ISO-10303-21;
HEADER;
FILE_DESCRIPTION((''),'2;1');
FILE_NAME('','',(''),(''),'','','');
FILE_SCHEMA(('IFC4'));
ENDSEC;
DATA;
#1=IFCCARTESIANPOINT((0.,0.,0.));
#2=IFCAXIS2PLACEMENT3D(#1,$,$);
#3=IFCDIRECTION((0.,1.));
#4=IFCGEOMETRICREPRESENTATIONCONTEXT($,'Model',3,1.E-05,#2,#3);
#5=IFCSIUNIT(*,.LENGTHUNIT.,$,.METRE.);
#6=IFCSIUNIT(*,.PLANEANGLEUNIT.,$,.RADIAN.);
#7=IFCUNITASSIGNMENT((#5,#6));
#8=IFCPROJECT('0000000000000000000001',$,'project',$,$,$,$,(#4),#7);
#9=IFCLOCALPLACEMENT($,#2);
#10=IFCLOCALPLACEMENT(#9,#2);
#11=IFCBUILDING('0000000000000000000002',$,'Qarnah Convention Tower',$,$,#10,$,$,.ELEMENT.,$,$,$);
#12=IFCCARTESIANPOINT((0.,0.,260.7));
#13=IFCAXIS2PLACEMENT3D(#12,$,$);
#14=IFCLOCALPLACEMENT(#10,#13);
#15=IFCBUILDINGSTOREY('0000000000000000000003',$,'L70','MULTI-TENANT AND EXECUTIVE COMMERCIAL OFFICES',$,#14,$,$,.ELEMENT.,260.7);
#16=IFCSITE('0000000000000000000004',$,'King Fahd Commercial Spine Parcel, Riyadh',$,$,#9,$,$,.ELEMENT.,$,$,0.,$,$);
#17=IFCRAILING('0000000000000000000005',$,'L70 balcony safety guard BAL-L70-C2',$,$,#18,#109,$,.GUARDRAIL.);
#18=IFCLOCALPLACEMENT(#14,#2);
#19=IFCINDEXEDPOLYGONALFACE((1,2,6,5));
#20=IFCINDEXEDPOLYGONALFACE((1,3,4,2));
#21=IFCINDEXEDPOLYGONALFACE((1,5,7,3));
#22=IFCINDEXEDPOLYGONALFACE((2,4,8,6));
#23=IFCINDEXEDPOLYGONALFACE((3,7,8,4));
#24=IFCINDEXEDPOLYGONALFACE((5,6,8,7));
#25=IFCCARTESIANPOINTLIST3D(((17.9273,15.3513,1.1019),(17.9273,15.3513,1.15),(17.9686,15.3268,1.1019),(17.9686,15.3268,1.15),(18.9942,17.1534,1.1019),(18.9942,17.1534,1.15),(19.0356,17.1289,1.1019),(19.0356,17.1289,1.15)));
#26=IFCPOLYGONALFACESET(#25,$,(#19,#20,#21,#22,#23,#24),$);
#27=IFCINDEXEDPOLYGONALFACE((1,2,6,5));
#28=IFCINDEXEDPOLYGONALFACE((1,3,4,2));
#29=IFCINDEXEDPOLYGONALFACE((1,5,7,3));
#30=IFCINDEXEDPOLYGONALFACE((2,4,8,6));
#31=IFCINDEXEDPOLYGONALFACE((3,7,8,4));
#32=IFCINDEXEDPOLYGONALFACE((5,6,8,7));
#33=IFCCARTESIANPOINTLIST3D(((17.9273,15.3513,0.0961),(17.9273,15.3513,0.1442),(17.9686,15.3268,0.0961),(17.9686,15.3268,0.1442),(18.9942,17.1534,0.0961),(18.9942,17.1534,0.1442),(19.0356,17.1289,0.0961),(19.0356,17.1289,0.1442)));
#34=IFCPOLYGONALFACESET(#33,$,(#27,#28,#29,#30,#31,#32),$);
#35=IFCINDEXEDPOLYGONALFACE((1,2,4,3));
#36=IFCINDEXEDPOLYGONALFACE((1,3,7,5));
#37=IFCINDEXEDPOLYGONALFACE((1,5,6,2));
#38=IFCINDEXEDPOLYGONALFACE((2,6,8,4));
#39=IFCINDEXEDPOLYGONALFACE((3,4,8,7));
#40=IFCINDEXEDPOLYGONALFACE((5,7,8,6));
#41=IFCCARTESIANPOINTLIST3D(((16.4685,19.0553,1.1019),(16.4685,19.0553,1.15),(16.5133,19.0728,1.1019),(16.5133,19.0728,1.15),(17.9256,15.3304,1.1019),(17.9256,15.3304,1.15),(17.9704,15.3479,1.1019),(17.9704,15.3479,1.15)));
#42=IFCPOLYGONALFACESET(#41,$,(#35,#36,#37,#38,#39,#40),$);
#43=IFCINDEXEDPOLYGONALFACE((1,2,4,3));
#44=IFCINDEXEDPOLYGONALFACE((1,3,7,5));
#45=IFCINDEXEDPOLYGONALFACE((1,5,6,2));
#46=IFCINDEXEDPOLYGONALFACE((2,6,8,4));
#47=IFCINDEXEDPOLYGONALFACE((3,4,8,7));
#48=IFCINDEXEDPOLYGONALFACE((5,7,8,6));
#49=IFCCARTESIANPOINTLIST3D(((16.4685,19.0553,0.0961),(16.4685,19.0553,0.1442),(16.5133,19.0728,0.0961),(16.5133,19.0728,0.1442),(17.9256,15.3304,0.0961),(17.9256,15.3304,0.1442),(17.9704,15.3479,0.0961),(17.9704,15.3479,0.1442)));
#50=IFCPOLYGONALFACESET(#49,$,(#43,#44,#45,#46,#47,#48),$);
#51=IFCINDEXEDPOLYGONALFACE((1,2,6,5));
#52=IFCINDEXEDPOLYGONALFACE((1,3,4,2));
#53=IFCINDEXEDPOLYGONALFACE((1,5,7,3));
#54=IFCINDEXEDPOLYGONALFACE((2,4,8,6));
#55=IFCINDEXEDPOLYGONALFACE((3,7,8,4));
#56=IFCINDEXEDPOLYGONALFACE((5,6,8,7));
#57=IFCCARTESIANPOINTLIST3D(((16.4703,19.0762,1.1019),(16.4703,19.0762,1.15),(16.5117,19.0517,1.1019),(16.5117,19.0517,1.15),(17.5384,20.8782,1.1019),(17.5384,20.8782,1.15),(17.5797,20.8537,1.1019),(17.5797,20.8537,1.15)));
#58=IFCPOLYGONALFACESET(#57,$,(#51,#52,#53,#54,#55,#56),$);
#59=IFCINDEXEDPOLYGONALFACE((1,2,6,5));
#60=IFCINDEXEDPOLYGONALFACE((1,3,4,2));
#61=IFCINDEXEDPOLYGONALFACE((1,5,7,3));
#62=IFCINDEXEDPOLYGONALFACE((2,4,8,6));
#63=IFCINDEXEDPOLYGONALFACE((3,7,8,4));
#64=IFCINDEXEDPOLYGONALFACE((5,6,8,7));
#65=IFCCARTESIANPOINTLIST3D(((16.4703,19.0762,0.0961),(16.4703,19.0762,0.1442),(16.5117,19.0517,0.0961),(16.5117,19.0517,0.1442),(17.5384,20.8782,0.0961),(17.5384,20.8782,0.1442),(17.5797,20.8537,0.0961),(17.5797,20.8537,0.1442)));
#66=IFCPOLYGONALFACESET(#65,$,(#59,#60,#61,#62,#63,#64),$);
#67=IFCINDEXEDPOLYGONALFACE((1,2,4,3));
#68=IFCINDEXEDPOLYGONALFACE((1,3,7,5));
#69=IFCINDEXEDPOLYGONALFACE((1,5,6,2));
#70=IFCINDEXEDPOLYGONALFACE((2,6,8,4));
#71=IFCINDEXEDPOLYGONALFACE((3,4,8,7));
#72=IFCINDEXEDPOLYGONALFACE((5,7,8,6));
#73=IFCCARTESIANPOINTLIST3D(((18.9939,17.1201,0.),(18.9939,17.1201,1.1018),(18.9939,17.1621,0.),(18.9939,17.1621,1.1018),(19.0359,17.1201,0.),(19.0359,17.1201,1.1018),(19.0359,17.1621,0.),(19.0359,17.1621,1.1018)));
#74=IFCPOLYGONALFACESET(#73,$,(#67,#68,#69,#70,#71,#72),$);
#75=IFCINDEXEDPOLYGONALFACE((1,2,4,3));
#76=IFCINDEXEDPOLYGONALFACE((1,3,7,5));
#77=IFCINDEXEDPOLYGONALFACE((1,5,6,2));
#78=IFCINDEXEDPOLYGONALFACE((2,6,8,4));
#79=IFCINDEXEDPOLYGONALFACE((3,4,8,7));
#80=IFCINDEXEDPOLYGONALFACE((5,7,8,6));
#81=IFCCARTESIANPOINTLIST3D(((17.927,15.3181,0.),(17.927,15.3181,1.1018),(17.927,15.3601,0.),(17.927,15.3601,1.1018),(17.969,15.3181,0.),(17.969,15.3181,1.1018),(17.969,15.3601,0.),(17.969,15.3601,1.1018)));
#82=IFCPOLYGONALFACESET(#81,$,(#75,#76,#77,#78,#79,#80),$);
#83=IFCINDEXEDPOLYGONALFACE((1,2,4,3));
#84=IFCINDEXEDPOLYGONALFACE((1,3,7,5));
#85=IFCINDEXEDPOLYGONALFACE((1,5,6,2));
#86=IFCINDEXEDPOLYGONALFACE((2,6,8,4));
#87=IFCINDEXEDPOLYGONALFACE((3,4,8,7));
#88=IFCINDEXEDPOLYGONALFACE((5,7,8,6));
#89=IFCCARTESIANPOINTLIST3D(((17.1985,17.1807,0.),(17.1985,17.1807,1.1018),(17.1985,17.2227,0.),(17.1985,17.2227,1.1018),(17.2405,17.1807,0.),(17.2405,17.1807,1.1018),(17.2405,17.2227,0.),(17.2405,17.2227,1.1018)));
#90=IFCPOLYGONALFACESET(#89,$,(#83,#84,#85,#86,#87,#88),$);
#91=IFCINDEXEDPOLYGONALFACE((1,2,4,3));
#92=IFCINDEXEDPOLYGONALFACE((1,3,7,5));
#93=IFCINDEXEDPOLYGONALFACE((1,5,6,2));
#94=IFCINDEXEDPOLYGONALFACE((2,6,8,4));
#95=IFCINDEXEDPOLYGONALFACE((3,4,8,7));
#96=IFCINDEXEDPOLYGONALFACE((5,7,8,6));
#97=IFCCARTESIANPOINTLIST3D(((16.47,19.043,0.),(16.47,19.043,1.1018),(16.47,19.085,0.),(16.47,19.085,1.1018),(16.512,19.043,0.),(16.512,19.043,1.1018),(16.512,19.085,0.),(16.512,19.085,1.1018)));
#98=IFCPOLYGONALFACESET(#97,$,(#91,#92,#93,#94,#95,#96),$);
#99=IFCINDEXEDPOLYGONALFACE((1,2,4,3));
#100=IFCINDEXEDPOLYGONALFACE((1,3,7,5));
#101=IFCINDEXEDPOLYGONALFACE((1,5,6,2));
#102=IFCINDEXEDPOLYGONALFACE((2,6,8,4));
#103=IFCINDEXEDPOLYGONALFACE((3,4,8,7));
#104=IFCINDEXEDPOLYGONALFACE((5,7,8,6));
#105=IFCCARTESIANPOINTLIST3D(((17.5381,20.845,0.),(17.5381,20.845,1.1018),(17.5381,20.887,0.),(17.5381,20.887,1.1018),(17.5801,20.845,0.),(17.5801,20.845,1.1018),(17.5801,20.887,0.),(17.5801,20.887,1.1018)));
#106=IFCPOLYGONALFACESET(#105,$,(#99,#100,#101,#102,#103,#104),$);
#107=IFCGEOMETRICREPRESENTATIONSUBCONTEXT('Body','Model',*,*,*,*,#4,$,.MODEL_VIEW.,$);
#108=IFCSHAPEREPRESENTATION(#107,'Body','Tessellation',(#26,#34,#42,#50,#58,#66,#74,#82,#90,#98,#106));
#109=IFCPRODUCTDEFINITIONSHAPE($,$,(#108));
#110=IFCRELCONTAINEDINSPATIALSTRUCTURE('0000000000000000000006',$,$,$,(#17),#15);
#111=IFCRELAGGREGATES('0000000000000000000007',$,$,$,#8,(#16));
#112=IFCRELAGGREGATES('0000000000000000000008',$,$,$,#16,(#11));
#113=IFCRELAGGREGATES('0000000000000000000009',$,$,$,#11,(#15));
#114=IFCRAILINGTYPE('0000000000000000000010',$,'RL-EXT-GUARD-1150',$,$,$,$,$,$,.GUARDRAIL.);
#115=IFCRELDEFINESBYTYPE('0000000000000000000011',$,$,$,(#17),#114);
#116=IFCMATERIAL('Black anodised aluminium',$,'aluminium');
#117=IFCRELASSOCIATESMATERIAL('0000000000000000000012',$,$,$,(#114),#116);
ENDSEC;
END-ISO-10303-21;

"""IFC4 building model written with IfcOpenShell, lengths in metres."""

from ifc_helpers import new_model, si_unit, direction, frame, origin, origin_2d, place, context, subcontext, project, spatial, rectangle, extrude, material, type_object, element, save


model = new_model("IFC4")

# Units and contexts
model_context = context("Model", 3, precision=1e-05, world=origin(), true_north=direction((0.0, 1.0)))
body_context = subcontext(model_context, "Body", "Model", "MODEL_VIEW")
ifc_project = project(units=[si_unit("LENGTHUNIT", "METRE"), si_unit("PLANEANGLEUNIT", "RADIAN")], contexts=[model_context])

# Site, building, storey
site_placement = place(None, origin())
site = spatial("IfcSite", under=ifc_project, at=site_placement, Name="King Fahd Commercial Spine Parcel, Riyadh", CompositionType="ELEMENT", RefElevation=0.0)
building_placement = place(site_placement, origin())
building = spatial("IfcBuilding", under=site, at=building_placement, Name="Qarnah Convention Tower", CompositionType="ELEMENT")
storey_placement = place(building_placement, frame((0.0, 0.0, 260.7)))
storey = spatial("IfcBuildingStorey", under=building, at=storey_placement, Name="L70", Description="MULTI-TENANT AND EXECUTIVE COMMERCIAL OFFICES", CompositionType="ELEMENT", Elevation=260.7)

# Shared definitions
ifc_material_1 = material(Name="Black anodised aluminium", Category="aluminium")

# Railing
railing_type = type_object("IfcRailingType", Name="RL-EXT-GUARD-1150", PredefinedType="GUARDRAIL", material=ifc_material_1)
railing_1_placement = place(storey_placement, frame((19.0149, 17.1411, 0.0)))
element("IfcRailing", 1, at=railing_1_placement, inside=storey, type_object=railing_type, Name="L70 balcony safety guard BAL-L70-C2", PredefinedType="GUARDRAIL", context=body_context, shape_type="SweptSolid", body=[
    extrude(rectangle(XDim=0.0481, YDim=0.0481, at=origin_2d()), frame((0.0, 0.0, 1.126), z_axis=(-0.509464, -0.860492, 0.0), x_axis=(0.860492, -0.509464, 0.0)), (0.0, 0.0, 1.0), 2.0942),
    extrude(rectangle(XDim=0.0481, YDim=0.0481, at=origin_2d()), frame((0.0, 0.0, 0.1201), z_axis=(-0.509464, -0.860492, 0.0), x_axis=(0.860492, -0.509464, 0.0)), (0.0, 0.0, 1.0), 2.0942),
    extrude(rectangle(XDim=0.0481, YDim=0.0481, at=origin_2d()), frame((-1.0669, -1.802, 1.126), z_axis=(-0.364287, 0.931287, 0.0), x_axis=(-0.931287, -0.364287, 0.0)), (0.0, 0.0, 1.0), 3.9998),
    extrude(rectangle(XDim=0.0481, YDim=0.0481, at=origin_2d()), frame((-1.0669, -1.802, 0.1201), z_axis=(-0.364287, 0.931287, 0.0), x_axis=(-0.931287, -0.364287, 0.0)), (0.0, 0.0, 1.0), 3.9998),
    extrude(rectangle(XDim=0.0481, YDim=0.0481, at=origin_2d()), frame((-2.5239, 1.9229, 1.126), z_axis=(0.509895, 0.860237, 0.0), x_axis=(-0.860237, 0.509895, 0.0)), (0.0, 0.0, 1.0), 2.0947),
    extrude(rectangle(XDim=0.0481, YDim=0.0481, at=origin_2d()), frame((-2.5239, 1.9229, 0.1201), z_axis=(0.509895, 0.860237, 0.0), x_axis=(-0.860237, 0.509895, 0.0)), (0.0, 0.0, 1.0), 2.0947),
    extrude(rectangle(XDim=0.042, YDim=0.042, at=origin_2d()), origin(), (0.0, 0.0, 1.0), 1.1018),
    extrude(rectangle(XDim=0.042, YDim=0.042, at=origin_2d()), frame((-1.0669, -1.802, 0.0)), (0.0, 0.0, 1.0), 1.1018),
    extrude(rectangle(XDim=0.042, YDim=0.042, at=origin_2d()), frame((-1.7954, 0.0605, 0.0)), (0.0, 0.0, 1.0), 1.1018),
    extrude(rectangle(XDim=0.042, YDim=0.042, at=origin_2d()), frame((-2.5239, 1.9229, 0.0)), (0.0, 0.0, 1.0), 1.1018),
    extrude(rectangle(XDim=0.042, YDim=0.042, at=origin_2d()), frame((-1.4558, 3.7249, 0.0)), (0.0, 0.0, 1.0), 1.1018),
])

save(model, "model.ifc")
